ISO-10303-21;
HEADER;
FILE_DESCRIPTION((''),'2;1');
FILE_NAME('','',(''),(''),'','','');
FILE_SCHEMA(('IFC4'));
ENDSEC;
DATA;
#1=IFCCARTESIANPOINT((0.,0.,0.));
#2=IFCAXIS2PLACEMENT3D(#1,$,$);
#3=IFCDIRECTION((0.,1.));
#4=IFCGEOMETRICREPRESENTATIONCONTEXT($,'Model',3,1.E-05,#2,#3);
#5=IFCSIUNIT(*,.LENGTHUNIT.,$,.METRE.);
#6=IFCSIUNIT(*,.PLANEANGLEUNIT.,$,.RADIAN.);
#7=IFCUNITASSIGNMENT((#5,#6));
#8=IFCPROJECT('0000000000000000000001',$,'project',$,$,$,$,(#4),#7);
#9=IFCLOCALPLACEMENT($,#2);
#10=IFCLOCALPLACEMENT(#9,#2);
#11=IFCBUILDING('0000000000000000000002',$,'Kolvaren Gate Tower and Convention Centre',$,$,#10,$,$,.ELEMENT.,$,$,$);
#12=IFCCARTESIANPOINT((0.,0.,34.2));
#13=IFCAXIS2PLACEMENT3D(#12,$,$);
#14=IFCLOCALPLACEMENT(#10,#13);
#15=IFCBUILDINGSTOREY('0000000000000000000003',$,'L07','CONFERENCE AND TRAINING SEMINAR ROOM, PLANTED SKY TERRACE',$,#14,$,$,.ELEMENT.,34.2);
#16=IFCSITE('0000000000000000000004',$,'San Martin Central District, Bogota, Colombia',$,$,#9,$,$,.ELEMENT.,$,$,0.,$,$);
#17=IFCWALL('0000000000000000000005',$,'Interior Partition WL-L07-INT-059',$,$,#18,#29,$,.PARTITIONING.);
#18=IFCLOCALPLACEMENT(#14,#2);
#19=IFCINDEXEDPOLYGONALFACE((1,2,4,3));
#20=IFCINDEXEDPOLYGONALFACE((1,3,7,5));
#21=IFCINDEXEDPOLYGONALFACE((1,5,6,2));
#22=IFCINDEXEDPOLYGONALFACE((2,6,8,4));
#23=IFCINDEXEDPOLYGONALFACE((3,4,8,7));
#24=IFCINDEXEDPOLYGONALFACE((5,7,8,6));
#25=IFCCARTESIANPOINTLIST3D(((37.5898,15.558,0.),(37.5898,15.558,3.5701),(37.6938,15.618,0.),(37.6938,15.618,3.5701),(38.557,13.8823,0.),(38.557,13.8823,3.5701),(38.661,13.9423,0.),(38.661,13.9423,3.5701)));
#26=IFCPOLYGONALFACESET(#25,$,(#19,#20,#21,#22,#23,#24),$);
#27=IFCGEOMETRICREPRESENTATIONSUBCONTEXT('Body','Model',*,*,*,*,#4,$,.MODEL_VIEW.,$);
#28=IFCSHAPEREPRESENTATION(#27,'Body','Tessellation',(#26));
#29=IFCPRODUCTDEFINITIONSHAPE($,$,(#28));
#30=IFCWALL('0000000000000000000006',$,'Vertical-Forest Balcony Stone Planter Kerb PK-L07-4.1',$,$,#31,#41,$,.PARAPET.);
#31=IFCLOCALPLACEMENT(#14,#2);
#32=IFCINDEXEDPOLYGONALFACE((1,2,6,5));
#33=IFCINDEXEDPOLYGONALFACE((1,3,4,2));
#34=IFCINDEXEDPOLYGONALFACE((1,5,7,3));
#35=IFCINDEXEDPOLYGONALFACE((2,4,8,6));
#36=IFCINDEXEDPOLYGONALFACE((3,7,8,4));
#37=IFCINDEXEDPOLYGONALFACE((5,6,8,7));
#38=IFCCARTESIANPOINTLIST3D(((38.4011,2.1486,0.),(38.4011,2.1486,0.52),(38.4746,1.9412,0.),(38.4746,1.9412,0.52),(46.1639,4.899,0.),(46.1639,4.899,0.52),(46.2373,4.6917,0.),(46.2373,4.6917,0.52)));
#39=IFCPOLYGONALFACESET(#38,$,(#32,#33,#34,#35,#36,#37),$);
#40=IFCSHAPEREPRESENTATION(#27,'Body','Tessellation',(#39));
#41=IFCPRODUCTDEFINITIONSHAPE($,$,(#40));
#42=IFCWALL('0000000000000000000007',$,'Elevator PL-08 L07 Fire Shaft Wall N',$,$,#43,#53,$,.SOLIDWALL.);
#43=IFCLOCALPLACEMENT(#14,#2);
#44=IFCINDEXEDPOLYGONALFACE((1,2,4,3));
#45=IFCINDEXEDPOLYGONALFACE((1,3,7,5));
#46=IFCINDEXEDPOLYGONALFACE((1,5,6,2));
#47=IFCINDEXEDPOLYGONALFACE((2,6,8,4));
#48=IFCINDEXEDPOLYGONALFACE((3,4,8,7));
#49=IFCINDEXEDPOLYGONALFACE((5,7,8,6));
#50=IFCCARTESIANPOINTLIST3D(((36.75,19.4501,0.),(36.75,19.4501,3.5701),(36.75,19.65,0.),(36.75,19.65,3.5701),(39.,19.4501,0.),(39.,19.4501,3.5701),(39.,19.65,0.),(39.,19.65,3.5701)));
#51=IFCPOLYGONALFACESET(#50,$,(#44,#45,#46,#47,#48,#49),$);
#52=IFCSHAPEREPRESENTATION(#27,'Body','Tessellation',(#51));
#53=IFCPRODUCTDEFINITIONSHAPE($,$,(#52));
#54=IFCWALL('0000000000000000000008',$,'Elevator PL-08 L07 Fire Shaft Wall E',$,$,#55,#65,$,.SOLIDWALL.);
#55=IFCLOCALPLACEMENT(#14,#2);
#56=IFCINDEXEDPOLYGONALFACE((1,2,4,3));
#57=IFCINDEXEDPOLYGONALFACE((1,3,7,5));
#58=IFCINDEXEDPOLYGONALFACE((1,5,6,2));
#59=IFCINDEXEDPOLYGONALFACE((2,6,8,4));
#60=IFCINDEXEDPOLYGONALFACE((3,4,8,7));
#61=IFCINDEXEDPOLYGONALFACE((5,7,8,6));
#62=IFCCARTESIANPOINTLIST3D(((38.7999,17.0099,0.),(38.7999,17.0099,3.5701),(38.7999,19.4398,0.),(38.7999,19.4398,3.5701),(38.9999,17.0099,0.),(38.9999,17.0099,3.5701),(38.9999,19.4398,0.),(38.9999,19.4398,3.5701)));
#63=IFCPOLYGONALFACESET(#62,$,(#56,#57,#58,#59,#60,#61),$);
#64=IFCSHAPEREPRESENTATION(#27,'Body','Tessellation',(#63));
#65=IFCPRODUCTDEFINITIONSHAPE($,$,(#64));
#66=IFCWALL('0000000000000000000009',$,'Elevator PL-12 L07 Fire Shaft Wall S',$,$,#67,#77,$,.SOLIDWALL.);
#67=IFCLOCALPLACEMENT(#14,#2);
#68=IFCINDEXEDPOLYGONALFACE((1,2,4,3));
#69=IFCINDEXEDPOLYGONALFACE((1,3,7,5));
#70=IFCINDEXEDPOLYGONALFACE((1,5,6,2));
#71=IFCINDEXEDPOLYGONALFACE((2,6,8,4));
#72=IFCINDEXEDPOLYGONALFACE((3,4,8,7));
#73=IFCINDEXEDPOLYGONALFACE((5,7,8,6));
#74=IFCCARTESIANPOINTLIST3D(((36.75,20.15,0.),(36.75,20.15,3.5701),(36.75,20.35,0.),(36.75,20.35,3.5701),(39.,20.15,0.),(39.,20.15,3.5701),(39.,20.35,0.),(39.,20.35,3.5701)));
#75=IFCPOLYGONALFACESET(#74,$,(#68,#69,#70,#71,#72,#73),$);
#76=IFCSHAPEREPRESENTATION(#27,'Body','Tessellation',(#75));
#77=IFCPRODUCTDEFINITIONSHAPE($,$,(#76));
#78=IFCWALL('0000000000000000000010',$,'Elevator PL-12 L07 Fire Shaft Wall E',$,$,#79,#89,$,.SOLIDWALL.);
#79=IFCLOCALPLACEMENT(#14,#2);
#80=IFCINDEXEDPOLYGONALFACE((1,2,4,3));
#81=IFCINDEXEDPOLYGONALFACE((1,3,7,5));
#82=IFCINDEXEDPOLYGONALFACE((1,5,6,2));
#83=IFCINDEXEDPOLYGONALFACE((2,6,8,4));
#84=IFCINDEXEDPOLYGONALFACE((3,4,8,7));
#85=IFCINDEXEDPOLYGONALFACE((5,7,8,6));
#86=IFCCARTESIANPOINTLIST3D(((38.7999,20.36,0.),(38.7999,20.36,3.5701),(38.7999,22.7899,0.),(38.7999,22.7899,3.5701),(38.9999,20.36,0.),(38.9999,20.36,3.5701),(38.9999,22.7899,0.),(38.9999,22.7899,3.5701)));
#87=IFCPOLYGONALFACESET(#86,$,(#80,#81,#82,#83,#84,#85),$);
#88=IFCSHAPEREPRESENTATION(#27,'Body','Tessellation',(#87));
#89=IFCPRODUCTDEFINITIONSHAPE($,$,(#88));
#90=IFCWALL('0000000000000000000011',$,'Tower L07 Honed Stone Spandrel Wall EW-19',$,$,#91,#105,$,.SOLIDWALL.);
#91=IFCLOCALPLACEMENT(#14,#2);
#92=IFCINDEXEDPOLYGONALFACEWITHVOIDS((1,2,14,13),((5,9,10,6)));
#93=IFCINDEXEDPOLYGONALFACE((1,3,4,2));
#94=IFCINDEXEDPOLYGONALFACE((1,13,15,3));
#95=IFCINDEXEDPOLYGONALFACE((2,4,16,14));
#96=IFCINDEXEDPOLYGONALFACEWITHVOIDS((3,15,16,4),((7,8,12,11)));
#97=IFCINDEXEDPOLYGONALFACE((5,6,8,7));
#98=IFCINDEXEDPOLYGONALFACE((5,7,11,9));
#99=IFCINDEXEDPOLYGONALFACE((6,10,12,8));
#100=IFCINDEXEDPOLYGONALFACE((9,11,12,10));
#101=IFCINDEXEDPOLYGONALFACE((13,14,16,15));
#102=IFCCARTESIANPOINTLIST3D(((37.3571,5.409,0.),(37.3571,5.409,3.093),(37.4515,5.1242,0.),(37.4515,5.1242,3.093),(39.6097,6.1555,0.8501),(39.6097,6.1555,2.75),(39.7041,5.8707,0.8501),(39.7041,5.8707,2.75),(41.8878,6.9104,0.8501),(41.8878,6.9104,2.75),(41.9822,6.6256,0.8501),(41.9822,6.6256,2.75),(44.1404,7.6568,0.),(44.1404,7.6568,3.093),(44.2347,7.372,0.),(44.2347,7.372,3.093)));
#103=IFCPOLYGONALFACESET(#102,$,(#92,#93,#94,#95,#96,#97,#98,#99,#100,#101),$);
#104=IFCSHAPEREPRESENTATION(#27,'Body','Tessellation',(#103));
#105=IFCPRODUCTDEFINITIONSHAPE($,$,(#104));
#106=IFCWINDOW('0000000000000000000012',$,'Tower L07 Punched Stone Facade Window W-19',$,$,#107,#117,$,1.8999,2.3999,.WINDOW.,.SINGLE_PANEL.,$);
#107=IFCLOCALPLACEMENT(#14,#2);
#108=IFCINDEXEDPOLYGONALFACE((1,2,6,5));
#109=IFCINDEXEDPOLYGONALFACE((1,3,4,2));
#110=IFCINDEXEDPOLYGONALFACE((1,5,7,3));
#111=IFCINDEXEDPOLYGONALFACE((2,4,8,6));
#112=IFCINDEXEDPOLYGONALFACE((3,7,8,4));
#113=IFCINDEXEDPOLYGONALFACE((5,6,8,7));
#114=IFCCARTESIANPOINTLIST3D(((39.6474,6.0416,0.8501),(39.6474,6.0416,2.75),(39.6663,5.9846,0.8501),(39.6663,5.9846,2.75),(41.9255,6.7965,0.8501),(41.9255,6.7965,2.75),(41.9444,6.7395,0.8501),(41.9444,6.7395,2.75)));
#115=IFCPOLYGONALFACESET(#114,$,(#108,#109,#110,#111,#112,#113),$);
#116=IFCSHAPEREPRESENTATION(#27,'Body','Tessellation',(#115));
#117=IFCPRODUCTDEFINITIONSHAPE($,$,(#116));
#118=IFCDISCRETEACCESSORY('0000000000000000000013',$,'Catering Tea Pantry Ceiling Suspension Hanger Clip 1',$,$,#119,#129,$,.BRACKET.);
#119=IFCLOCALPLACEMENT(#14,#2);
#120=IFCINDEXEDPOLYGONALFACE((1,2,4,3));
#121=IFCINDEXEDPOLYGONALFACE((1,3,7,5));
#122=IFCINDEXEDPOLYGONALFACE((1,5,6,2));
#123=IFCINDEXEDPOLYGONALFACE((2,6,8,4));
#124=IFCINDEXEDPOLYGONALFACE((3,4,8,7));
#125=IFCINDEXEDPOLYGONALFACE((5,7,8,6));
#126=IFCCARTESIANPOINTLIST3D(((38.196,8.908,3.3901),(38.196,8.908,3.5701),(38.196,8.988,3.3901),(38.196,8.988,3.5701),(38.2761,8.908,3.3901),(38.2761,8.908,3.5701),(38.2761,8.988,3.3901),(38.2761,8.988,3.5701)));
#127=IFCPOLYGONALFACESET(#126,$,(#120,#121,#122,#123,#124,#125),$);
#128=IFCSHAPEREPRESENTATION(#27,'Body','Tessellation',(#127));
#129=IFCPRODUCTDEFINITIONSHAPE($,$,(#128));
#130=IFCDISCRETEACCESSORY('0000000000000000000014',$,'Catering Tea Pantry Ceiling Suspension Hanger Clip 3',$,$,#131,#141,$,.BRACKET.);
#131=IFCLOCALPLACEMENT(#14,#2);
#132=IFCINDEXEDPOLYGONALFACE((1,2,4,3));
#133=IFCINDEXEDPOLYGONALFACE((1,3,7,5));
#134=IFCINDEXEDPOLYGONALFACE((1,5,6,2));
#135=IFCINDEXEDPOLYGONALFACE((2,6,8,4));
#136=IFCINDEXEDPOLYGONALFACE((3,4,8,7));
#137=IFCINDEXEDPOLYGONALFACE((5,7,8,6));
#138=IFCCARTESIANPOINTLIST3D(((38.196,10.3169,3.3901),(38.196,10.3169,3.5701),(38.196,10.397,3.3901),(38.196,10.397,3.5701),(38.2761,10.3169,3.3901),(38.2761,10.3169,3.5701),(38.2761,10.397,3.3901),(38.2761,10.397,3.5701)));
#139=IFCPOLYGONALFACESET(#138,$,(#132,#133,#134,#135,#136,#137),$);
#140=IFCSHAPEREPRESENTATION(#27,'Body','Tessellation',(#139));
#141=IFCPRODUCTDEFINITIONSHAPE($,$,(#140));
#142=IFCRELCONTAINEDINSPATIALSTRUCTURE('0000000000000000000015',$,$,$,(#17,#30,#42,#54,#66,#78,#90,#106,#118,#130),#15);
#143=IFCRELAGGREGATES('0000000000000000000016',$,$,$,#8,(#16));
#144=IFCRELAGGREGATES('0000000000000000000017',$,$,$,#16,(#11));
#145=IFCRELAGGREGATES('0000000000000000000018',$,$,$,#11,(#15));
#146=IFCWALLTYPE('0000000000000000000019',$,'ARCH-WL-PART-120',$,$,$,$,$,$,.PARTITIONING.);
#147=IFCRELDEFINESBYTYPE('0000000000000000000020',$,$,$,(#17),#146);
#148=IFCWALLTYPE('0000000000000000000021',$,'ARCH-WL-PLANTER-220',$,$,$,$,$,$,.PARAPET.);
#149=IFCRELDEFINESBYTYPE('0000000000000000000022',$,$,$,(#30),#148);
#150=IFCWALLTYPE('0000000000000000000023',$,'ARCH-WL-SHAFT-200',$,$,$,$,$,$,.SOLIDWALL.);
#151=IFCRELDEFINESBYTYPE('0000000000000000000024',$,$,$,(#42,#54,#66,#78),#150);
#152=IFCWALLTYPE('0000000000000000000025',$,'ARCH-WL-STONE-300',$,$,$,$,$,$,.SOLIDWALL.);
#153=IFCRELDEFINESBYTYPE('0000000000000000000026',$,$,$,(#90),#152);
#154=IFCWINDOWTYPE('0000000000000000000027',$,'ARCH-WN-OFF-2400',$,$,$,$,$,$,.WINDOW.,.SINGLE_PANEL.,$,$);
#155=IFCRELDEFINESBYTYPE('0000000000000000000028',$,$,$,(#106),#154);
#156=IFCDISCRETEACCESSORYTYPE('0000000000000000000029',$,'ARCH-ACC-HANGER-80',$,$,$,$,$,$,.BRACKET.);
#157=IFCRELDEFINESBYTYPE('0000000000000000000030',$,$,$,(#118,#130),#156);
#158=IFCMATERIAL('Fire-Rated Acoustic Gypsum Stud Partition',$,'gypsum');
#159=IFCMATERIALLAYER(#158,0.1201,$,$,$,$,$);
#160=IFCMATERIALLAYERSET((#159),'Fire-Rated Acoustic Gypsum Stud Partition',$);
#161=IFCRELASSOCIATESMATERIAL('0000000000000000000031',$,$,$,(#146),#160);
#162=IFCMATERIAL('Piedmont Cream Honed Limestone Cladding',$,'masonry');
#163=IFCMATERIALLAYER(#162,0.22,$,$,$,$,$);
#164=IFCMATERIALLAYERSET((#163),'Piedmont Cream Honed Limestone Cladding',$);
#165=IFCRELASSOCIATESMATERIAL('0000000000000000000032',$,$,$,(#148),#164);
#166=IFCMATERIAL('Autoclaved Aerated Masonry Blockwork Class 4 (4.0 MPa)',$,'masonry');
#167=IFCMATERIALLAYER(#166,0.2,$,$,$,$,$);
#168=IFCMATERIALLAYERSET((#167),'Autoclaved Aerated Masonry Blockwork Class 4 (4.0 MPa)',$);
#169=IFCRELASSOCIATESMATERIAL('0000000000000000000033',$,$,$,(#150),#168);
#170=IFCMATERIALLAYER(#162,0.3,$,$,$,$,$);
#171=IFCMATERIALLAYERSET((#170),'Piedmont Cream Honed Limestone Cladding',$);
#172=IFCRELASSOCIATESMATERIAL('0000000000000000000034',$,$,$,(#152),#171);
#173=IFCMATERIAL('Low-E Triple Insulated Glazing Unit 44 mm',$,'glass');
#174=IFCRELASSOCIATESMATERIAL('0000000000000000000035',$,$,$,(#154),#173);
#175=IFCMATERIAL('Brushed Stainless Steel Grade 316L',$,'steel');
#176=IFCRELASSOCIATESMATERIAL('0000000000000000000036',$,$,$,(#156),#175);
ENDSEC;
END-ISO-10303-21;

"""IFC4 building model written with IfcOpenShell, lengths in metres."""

from ifc_helpers import new_model, si_unit, direction, frame, frame_2d, origin, origin_2d, place, context, subcontext, project, spatial, rectangle, extrude, material, layer, layer_set, type_object, element, fill, save


model = new_model("IFC4")

# Units and contexts
model_context = context("Model", 3, precision=1e-05, world=origin(), true_north=direction((0.0, 1.0)))
body_context = subcontext(model_context, "Body", "Model", "MODEL_VIEW")
ifc_project = project(units=[si_unit("LENGTHUNIT", "METRE"), si_unit("PLANEANGLEUNIT", "RADIAN")], contexts=[model_context])

# Site, building, storey
site_placement = place(None, origin())
site = spatial("IfcSite", under=ifc_project, at=site_placement, Name="San Martin Central District, Bogota, Colombia", CompositionType="ELEMENT", RefElevation=0.0)
building_placement = place(site_placement, origin())
building = spatial("IfcBuilding", under=site, at=building_placement, Name="Kolvaren Gate Tower and Convention Centre", CompositionType="ELEMENT")
storey_placement = place(building_placement, frame((0.0, 0.0, 34.2)))
storey = spatial("IfcBuildingStorey", under=building, at=storey_placement, Name="L07", Description="CONFERENCE AND TRAINING SEMINAR ROOM, PLANTED SKY TERRACE", CompositionType="ELEMENT", Elevation=34.2)

# Shared definitions
ifc_material_1 = material(Name="Fire-Rated Acoustic Gypsum Stud Partition", Category="gypsum")
ifc_layer_1 = layer(ifc_material_1, 0.1201)
ifc_layer_set_1 = layer_set([ifc_layer_1], Name="Fire-Rated Acoustic Gypsum Stud Partition")
wall_type_1 = type_object("IfcWallType", Name="ARCH-WL-PART-120", PredefinedType="PARTITIONING", material=ifc_layer_set_1)

# Walls
wall_1_placement = place(storey_placement, frame((37.6418, 15.5879, 0.0), z_axis=(0.0, 0.0, 1.0), x_axis=(0.499912, -0.866076, 0.0)))
element("IfcWall", 1, at=wall_1_placement, inside=storey, type_object=wall_type_1, Name="Interior Partition WL-L07-INT-059", PredefinedType="PARTITIONING", context=body_context, shape_type="SweptSolid", body=[
    extrude(rectangle(XDim=1.9348, YDim=0.1201, at=frame_2d((0.9673, 0.0))), origin(), (0.0, 0.0, 1.0), 3.5701),
])
ifc_material_2 = material(Name="Piedmont Cream Honed Limestone Cladding", Category="masonry")
ifc_layer_2 = layer(ifc_material_2, 0.22)
ifc_layer_set_2 = layer_set([ifc_layer_2], Name="Piedmont Cream Honed Limestone Cladding")
wall_type_2 = type_object("IfcWallType", Name="ARCH-WL-PLANTER-220", PredefinedType="PARAPET", material=ifc_layer_set_2)
wall_2_placement = place(storey_placement, frame((38.438, 2.0449, 0.0), z_axis=(0.0, 0.0, 1.0), x_axis=(0.942581, 0.333977, 0.0)))
element("IfcWall", 2, at=wall_2_placement, inside=storey, type_object=wall_type_2, Name="Vertical-Forest Balcony Stone Planter Kerb PK-L07-4.1", PredefinedType="PARAPET", context=body_context, shape_type="SweptSolid", body=[
    extrude(rectangle(XDim=8.2356, YDim=0.22, at=frame_2d((4.1177, 0.0))), origin(), (0.0, 0.0, 1.0), 0.52),
])
ifc_material_3 = material(Name="Autoclaved Aerated Masonry Blockwork Class 4 (4.0 MPa)", Category="masonry")
ifc_layer_3 = layer(ifc_material_3, 0.2)
ifc_layer_set_3 = layer_set([ifc_layer_3], Name="Autoclaved Aerated Masonry Blockwork Class 4 (4.0 MPa)")
wall_type_3 = type_object("IfcWallType", Name="ARCH-WL-SHAFT-200", PredefinedType="SOLIDWALL", material=ifc_layer_set_3)
wall_3_placement = place(storey_placement, frame((36.75, 19.55, 0.0), z_axis=(0.0, 0.0, 1.0), x_axis=(1.0, 0.0, 0.0)))
element("IfcWall", 3, at=wall_3_placement, inside=storey, type_object=wall_type_3, Name="Elevator PL-08 L07 Fire Shaft Wall N", PredefinedType="SOLIDWALL", context=body_context, shape_type="SweptSolid", body=[
    extrude(rectangle(XDim=2.25, YDim=0.2, at=frame_2d((1.125, 0.0))), origin(), (0.0, 0.0, 1.0), 3.5701),
])
wall_4_placement = place(storey_placement, frame((38.8999, 17.01, 0.0), z_axis=(0.0, 0.0, 1.0), x_axis=(0.0, 1.0, 0.0)))
element("IfcWall", 4, at=wall_4_placement, inside=storey, type_object=wall_type_3, Name="Elevator PL-08 L07 Fire Shaft Wall E", PredefinedType="SOLIDWALL", context=body_context, shape_type="SweptSolid", body=[
    extrude(rectangle(XDim=2.4299, YDim=0.2, at=frame_2d((1.2148, 0.0))), origin(), (0.0, 0.0, 1.0), 3.5701),
])
wall_5_placement = place(storey_placement, frame((36.75, 20.25, 0.0), z_axis=(0.0, 0.0, 1.0), x_axis=(1.0, 0.0, 0.0)))
element("IfcWall", 5, at=wall_5_placement, inside=storey, type_object=wall_type_3, Name="Elevator PL-12 L07 Fire Shaft Wall S", PredefinedType="SOLIDWALL", context=body_context, shape_type="SweptSolid", body=[
    extrude(rectangle(XDim=2.25, YDim=0.2, at=frame_2d((1.125, 0.0))), origin(), (0.0, 0.0, 1.0), 3.5701),
])
wall_6_placement = place(storey_placement, frame((38.8999, 20.3601, 0.0), z_axis=(0.0, 0.0, 1.0), x_axis=(0.0, 1.0, 0.0)))
element("IfcWall", 6, at=wall_6_placement, inside=storey, type_object=wall_type_3, Name="Elevator PL-12 L07 Fire Shaft Wall E", PredefinedType="SOLIDWALL", context=body_context, shape_type="SweptSolid", body=[
    extrude(rectangle(XDim=2.4299, YDim=0.2, at=frame_2d((1.2148, 0.0))), origin(), (0.0, 0.0, 1.0), 3.5701),
])

# Wall, opening, window
ifc_layer_4 = layer(ifc_material_2, 0.3)
ifc_layer_set_4 = layer_set([ifc_layer_4], Name="Piedmont Cream Honed Limestone Cladding")
wall_type_4 = type_object("IfcWallType", Name="ARCH-WL-STONE-300", PredefinedType="SOLIDWALL", material=ifc_layer_set_4)
wall_7_placement = place(storey_placement, frame((37.4043, 5.2666, 0.0), z_axis=(0.0, 0.0, 1.0), x_axis=(0.949239, 0.314557, 0.0)))
wall_7 = element("IfcWall", 7, at=wall_7_placement, inside=storey, type_object=wall_type_4, Name="Tower L07 Honed Stone Spandrel Wall EW-19", PredefinedType="SOLIDWALL", context=body_context, shape_type="SweptSolid", body=[
    extrude(rectangle(XDim=7.146, YDim=0.3, at=frame_2d((3.573, 0.0))), origin(), (0.0, 0.0, 1.0), 3.093),
])
opening_1_placement = place(wall_7_placement, frame((2.373, 0.0, 0.8501)))
opening_1 = element("IfcOpeningElement", 8, at=opening_1_placement, cuts=wall_7, PredefinedType="OPENING", context=body_context, shape_type="SweptSolid", body=[
    extrude(rectangle(XDim=2.3999, YDim=1.8999, at=frame_2d((1.2, 0.95))), frame((0.0, 0.1599, 0.0), z_axis=(0.0, -1.0, 0.0), x_axis=(1.0, 0.0, 0.0)), (0.0, 0.0, 1.0), 0.3201),
])
ifc_material_4 = material(Name="Low-E Triple Insulated Glazing Unit 44 mm", Category="glass")
window_type = type_object("IfcWindowType", Name="ARCH-WN-OFF-2400", PartitioningType="SINGLE_PANEL", PredefinedType="WINDOW", material=ifc_material_4)
window_placement = place(opening_1_placement, origin())
window = element("IfcWindow", 9, at=window_placement, inside=storey, type_object=window_type, Name="Tower L07 Punched Stone Facade Window W-19", OverallHeight=1.8999, OverallWidth=2.3999, PartitioningType="SINGLE_PANEL", PredefinedType="WINDOW", context=body_context, shape_type="SweptSolid", body=[
    extrude(rectangle(XDim=2.3999, YDim=1.8999, at=frame_2d((1.2, 0.95))), frame((0.0, 0.03, 0.0), z_axis=(0.0, -1.0, 0.0), x_axis=(1.0, 0.0, 0.0)), (0.0, 0.0, 1.0), 0.0601),
])
fill(opening_1, window)

# Shared definitions
ifc_material_5 = material(Name="Brushed Stainless Steel Grade 316L", Category="steel")

# Discrete accessories
discrete_accessory_type = type_object("IfcDiscreteAccessoryType", Name="ARCH-ACC-HANGER-80", PredefinedType="BRACKET", material=ifc_material_5)
for number, where, z_axis, x_axis, name in (
    (10, (38.2361, 8.948, 3.3901), (0.0, 0.0, 1.0), (1.0, 0.0, 0.0), "Catering Tea Pantry Ceiling Suspension Hanger Clip 1"),
    (11, (38.2361, 10.3569, 3.3901), (0.0, 0.0, 1.0), (1.0, 0.0, 0.0), "Catering Tea Pantry Ceiling Suspension Hanger Clip 3"),
):
    element("IfcDiscreteAccessory", number, at=place(storey_placement, frame(where, z_axis=z_axis, x_axis=x_axis)), inside=storey, type_object=discrete_accessory_type, Name=name, PredefinedType="BRACKET", context=body_context, shape_type="SweptSolid", body=[
        extrude(rectangle(XDim=0.0801, YDim=0.0801, at=origin_2d()), origin(), (0.0, 0.0, 1.0), 0.1799),
    ])

save(model, "model.ifc")
